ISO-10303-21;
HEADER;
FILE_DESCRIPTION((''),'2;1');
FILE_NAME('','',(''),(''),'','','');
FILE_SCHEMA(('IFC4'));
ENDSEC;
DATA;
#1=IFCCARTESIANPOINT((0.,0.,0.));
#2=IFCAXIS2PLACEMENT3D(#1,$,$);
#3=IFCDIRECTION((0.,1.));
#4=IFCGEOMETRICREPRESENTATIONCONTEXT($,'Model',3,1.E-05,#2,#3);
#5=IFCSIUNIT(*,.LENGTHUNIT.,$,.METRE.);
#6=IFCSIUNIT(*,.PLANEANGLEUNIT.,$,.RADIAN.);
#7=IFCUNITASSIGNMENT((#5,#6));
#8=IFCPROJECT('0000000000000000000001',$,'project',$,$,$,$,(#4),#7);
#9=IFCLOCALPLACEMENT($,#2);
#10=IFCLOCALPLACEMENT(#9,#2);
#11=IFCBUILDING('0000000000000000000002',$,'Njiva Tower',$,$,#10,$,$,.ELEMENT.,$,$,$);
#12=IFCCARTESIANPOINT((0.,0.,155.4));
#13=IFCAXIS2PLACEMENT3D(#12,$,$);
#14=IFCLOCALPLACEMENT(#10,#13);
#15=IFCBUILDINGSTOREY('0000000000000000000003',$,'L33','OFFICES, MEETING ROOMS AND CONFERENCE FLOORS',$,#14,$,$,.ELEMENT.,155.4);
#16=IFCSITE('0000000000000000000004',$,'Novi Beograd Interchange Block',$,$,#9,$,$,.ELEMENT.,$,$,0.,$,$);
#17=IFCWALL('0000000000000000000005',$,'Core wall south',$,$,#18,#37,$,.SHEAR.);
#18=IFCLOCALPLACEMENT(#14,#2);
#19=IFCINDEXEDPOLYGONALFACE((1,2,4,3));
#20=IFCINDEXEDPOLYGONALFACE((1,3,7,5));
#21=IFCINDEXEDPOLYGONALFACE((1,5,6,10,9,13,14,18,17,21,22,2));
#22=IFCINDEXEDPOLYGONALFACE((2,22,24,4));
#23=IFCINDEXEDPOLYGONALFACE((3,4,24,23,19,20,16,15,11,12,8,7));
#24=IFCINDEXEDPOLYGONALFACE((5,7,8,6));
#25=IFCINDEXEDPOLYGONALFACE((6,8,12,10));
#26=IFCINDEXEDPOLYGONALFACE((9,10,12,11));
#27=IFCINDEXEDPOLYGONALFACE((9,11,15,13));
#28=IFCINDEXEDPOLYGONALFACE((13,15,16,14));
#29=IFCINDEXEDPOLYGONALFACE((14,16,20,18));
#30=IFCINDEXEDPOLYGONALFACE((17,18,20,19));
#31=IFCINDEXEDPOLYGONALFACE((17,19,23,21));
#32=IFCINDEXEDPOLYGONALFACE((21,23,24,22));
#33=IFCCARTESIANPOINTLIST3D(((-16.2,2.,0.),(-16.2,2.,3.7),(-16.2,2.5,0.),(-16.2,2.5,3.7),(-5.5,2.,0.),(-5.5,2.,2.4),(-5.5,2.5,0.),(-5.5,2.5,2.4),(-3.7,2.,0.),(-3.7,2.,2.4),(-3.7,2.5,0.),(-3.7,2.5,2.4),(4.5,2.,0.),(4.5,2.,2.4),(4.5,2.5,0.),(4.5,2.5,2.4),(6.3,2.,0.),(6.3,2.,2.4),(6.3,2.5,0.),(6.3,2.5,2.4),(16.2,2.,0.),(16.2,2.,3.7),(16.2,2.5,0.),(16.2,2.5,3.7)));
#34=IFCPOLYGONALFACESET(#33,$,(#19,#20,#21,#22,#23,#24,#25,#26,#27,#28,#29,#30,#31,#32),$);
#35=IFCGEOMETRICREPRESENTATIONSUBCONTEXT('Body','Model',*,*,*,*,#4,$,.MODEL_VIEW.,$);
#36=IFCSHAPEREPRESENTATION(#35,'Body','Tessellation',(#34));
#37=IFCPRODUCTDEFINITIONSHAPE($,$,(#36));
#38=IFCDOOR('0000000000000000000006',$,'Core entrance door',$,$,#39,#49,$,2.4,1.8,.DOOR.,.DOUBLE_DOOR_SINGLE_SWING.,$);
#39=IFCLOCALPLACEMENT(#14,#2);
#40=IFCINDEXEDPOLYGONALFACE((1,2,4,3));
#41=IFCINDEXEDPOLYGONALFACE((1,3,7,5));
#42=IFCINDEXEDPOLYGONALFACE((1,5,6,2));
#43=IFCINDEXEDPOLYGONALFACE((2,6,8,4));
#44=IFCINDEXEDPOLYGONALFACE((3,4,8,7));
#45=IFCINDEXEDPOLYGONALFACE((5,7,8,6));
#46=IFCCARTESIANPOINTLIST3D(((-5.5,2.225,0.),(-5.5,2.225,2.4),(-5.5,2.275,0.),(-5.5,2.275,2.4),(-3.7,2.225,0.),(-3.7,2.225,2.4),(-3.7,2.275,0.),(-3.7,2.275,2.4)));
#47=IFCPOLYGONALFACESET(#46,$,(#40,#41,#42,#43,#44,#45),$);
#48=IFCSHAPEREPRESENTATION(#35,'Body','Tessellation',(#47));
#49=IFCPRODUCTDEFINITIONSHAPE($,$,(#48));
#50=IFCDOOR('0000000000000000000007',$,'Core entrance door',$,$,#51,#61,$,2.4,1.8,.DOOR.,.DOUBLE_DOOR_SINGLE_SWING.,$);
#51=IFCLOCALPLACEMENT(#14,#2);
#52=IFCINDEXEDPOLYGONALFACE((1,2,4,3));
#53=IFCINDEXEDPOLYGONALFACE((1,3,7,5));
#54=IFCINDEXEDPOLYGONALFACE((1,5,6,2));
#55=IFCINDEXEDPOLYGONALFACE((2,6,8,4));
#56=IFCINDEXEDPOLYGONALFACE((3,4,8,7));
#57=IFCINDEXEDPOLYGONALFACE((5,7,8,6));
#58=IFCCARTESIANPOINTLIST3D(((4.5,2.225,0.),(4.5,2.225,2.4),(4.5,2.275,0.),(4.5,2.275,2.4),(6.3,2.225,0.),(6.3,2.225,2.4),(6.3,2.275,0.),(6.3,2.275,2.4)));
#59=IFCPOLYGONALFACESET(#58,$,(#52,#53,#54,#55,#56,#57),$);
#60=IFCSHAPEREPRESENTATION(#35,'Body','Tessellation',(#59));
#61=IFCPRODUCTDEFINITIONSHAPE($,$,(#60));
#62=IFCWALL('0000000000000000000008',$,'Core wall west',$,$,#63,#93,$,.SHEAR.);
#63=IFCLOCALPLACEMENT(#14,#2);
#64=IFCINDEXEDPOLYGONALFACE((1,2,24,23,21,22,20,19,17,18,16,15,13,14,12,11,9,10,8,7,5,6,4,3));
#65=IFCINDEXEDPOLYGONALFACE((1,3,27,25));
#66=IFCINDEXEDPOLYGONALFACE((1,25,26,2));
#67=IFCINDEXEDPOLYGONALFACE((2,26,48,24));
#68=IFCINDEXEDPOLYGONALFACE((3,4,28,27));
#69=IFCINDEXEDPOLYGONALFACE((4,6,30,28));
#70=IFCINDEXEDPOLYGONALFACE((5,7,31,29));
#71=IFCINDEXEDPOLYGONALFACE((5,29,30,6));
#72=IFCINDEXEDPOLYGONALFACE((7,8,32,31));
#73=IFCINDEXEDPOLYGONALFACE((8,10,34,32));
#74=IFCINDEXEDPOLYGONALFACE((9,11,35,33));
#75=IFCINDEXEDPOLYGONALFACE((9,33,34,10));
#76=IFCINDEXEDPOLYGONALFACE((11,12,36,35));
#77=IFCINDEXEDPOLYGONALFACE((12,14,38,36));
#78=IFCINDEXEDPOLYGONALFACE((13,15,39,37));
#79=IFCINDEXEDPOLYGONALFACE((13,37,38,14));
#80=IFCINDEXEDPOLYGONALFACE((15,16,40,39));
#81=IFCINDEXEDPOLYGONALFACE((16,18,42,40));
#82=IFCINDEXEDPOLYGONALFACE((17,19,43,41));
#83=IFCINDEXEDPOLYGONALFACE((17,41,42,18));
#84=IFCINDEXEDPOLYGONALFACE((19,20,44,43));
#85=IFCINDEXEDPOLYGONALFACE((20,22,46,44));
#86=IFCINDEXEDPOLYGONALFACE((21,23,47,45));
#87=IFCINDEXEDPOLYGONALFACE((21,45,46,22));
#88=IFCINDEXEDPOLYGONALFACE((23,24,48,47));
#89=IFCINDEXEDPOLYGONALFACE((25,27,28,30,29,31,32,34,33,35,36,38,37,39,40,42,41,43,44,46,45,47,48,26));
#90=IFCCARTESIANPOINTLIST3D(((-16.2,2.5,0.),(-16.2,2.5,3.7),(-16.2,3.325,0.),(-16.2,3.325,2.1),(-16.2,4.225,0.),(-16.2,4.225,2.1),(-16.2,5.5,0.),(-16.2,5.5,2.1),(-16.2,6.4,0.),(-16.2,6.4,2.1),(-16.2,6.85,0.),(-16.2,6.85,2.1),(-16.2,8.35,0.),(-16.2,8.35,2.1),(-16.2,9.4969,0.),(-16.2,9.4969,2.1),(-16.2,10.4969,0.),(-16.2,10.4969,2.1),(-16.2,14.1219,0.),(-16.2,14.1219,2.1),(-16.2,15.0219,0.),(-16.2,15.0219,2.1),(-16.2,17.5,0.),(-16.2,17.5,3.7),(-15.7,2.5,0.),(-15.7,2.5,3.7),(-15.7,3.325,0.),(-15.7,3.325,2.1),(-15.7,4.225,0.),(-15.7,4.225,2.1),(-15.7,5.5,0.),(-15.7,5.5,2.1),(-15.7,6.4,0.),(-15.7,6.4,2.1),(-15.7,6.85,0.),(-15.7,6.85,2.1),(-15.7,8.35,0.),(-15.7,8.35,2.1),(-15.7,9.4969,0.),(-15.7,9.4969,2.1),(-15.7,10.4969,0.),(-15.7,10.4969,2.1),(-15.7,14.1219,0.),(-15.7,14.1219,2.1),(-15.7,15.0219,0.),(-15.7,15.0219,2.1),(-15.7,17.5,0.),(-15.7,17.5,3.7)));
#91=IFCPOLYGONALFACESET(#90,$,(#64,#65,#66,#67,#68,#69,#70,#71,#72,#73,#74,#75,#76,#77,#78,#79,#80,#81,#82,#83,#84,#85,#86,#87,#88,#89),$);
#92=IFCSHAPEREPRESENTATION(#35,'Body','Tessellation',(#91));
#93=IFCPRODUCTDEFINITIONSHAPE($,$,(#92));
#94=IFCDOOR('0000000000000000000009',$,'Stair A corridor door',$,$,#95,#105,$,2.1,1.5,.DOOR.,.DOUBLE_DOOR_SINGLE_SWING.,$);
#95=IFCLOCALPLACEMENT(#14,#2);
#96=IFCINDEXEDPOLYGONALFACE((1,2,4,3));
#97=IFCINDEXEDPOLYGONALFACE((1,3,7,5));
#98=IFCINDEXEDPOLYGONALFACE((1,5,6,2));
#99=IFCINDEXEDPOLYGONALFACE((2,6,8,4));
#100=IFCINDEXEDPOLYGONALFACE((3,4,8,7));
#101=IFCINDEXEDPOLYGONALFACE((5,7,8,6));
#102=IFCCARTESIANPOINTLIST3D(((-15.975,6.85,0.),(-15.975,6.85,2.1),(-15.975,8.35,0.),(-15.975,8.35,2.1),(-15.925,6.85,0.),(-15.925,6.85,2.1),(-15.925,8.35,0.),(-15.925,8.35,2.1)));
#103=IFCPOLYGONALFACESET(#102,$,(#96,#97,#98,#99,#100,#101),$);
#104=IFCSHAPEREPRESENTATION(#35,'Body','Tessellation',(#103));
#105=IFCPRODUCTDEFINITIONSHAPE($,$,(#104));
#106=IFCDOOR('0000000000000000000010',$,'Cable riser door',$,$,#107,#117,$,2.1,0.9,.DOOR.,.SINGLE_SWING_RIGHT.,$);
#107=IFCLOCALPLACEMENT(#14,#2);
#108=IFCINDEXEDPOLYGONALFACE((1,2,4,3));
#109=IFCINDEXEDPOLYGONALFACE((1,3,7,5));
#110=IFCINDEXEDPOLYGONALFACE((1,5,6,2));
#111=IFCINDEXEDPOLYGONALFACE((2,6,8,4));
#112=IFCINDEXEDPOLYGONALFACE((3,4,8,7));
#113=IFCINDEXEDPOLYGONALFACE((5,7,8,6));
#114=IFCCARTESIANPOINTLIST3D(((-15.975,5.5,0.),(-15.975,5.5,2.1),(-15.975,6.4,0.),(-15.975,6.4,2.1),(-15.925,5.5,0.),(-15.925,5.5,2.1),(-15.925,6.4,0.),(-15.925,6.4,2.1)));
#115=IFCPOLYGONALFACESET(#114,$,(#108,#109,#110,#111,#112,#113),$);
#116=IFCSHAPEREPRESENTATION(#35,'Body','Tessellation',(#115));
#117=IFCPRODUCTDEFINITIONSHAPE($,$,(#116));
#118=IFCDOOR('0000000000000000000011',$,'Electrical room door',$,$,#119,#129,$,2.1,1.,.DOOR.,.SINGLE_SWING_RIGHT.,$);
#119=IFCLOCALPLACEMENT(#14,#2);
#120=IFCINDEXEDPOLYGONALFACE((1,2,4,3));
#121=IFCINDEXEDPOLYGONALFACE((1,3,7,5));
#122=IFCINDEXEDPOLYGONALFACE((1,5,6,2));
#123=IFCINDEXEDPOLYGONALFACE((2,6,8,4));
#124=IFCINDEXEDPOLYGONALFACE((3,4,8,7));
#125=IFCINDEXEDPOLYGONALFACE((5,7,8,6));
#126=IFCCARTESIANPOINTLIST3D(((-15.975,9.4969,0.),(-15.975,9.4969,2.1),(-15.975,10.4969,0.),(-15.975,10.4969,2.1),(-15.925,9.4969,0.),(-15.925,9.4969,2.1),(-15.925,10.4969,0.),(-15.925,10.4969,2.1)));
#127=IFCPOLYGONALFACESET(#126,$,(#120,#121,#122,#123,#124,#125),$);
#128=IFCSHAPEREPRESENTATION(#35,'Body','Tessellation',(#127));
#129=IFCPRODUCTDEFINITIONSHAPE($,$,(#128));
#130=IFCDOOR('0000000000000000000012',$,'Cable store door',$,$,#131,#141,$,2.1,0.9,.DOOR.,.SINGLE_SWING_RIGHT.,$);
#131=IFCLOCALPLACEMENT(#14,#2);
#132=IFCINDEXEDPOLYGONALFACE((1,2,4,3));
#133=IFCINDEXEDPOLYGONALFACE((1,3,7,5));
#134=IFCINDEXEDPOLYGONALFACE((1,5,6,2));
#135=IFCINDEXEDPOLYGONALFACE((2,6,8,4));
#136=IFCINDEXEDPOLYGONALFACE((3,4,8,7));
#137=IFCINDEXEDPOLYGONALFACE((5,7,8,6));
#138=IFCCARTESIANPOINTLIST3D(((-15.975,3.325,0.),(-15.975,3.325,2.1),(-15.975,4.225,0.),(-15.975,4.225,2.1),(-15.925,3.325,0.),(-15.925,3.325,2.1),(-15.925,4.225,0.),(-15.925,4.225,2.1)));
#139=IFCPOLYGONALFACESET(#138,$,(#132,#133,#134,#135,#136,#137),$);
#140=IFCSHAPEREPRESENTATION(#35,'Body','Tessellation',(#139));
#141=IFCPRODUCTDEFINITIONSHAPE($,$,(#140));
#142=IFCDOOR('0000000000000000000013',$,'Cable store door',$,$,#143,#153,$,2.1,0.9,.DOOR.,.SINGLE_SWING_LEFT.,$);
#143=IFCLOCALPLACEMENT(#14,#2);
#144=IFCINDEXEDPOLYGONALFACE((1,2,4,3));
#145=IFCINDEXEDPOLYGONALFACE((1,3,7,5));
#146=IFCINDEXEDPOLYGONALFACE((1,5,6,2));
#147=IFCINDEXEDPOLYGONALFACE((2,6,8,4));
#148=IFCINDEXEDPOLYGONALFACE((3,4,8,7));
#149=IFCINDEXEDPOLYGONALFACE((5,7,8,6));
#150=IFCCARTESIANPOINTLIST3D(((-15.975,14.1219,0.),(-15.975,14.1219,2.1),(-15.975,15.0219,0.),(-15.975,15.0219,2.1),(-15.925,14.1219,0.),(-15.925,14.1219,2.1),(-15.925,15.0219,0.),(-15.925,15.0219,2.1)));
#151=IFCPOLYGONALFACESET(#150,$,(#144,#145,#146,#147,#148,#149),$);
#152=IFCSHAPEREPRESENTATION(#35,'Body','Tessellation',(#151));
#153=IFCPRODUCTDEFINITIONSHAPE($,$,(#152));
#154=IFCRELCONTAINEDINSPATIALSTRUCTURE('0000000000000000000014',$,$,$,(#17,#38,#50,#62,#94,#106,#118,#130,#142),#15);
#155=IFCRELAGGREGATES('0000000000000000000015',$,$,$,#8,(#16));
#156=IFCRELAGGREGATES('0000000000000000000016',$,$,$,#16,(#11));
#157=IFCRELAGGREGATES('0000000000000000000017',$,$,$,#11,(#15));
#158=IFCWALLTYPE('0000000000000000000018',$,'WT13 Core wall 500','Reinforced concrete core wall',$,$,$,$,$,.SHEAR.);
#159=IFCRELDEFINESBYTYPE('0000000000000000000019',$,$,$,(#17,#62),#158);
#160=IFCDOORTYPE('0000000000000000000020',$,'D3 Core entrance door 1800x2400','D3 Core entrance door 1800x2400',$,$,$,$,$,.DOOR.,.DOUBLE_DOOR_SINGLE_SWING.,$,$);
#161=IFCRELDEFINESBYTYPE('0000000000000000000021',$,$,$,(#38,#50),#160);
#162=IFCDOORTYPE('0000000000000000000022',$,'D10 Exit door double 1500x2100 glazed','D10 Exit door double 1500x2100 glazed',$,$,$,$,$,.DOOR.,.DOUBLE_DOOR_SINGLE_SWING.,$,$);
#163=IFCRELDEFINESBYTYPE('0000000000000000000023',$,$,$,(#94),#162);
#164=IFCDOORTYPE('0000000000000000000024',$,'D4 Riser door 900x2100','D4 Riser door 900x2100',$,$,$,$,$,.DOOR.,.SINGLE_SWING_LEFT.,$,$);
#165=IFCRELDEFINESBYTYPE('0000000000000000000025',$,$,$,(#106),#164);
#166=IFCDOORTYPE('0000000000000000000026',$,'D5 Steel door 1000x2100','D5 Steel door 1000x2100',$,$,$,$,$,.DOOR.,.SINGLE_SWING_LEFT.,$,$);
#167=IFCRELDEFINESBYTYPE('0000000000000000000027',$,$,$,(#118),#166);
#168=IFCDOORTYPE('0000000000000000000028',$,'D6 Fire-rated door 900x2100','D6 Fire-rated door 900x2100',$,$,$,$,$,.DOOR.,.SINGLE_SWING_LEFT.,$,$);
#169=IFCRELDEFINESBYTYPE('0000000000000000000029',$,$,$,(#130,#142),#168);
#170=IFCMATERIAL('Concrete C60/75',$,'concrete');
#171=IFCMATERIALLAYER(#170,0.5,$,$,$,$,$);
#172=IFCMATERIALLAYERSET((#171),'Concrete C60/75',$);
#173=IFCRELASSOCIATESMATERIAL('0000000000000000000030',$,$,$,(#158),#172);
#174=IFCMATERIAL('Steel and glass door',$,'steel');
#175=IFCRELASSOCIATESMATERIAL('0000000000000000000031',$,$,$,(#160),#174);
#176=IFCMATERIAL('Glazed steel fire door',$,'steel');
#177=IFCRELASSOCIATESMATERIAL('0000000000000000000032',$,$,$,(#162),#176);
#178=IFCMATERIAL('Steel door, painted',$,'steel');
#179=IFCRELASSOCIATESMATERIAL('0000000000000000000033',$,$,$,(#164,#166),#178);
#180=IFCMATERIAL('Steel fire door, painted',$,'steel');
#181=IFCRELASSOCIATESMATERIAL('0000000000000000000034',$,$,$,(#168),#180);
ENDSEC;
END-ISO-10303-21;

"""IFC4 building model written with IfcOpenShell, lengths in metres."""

from ifc_helpers import new_model, si_unit, direction, frame, frame_2d, origin, place, context, subcontext, project, spatial, rectangle, extrude, material, layer, layer_set, type_object, element, fill, save


model = new_model("IFC4")

# Units and contexts
model_context = context("Model", 3, precision=1e-05, world=origin(), true_north=direction((0.0, 1.0)))
body_context = subcontext(model_context, "Body", "Model", "MODEL_VIEW")
ifc_project = project(units=[si_unit("LENGTHUNIT", "METRE"), si_unit("PLANEANGLEUNIT", "RADIAN")], contexts=[model_context])

# Site, building, storey
site_placement = place(None, origin())
site = spatial("IfcSite", under=ifc_project, at=site_placement, Name="Novi Beograd Interchange Block", CompositionType="ELEMENT", RefElevation=0.0)
building_placement = place(site_placement, origin())
building = spatial("IfcBuilding", under=site, at=building_placement, Name="Njiva Tower", CompositionType="ELEMENT")
storey_placement = place(building_placement, frame((0.0, 0.0, 155.4)))
storey = spatial("IfcBuildingStorey", under=building, at=storey_placement, Name="L33", Description="OFFICES, MEETING ROOMS AND CONFERENCE FLOORS", CompositionType="ELEMENT", Elevation=155.4)

# Walls, openings, doors
ifc_material_1 = material(Name="Concrete C60/75", Category="concrete")
ifc_layer_1 = layer(ifc_material_1, 0.5)
ifc_layer_set_1 = layer_set([ifc_layer_1], Name="Concrete C60/75")
wall_type_1 = type_object("IfcWallType", Name="WT13 Core wall 500", Description="Reinforced concrete core wall", PredefinedType="SHEAR", material=ifc_layer_set_1)
wall_1_placement = place(storey_placement, frame((-16.2, 2.25, 0.0), z_axis=(0.0, 0.0, 1.0), x_axis=(1.0, 0.0, 0.0)))
wall_1 = element("IfcWall", 1, at=wall_1_placement, inside=storey, type_object=wall_type_1, Name="Core wall south", PredefinedType="SHEAR", context=body_context, shape_type="SweptSolid", body=[
    extrude(rectangle(XDim=32.4, YDim=0.5, at=frame_2d((16.2, 0.0))), origin(), (0.0, 0.0, 1.0), 3.7),
])
opening_1_placement = place(wall_1_placement, frame((10.7, 0.0, 0.0)))
opening_1 = element("IfcOpeningElement", 2, at=opening_1_placement, cuts=wall_1, PredefinedType="OPENING", context=body_context, shape_type="SweptSolid", body=[
    extrude(rectangle(XDim=1.8, YDim=2.4, at=frame_2d((0.9, 1.2))), frame((0.0, 0.26, 0.0), z_axis=(0.0, -1.0, 0.0), x_axis=(1.0, 0.0, 0.0)), (0.0, 0.0, 1.0), 0.52),
])
opening_2_placement = place(wall_1_placement, frame((20.7, 0.0, 0.0)))
opening_2 = element("IfcOpeningElement", 3, at=opening_2_placement, cuts=wall_1, PredefinedType="OPENING", context=body_context, shape_type="SweptSolid", body=[
    extrude(rectangle(XDim=1.8, YDim=2.4, at=frame_2d((0.9, 1.2))), frame((0.0, 0.26, 0.0), z_axis=(0.0, -1.0, 0.0), x_axis=(1.0, 0.0, 0.0)), (0.0, 0.0, 1.0), 0.52),
])
ifc_material_2 = material(Name="Steel and glass door", Category="steel")
door_type_1 = type_object("IfcDoorType", Name="D3 Core entrance door 1800x2400", Description="D3 Core entrance door 1800x2400", OperationType="DOUBLE_DOOR_SINGLE_SWING", PredefinedType="DOOR", material=ifc_material_2)
door_1_placement = place(opening_1_placement, origin())
door_1 = element("IfcDoor", 4, at=door_1_placement, inside=storey, type_object=door_type_1, Name="Core entrance door", OperationType="DOUBLE_DOOR_SINGLE_SWING", OverallHeight=2.4, OverallWidth=1.8, PredefinedType="DOOR", context=body_context, shape_type="SweptSolid", body=[
    extrude(rectangle(XDim=1.8, YDim=2.4, at=frame_2d((0.9, 1.2))), frame((0.0, 0.025, 0.0), z_axis=(0.0, -1.0, 0.0), x_axis=(1.0, 0.0, 0.0)), (0.0, 0.0, 1.0), 0.05),
])
fill(opening_1, door_1)
door_2_placement = place(opening_2_placement, origin())
door_2 = element("IfcDoor", 5, at=door_2_placement, inside=storey, type_object=door_type_1, Name="Core entrance door", OperationType="DOUBLE_DOOR_SINGLE_SWING", OverallHeight=2.4, OverallWidth=1.8, PredefinedType="DOOR", context=body_context, shape_type="SweptSolid", body=[
    extrude(rectangle(XDim=1.8, YDim=2.4, at=frame_2d((0.9, 1.2))), frame((0.0, 0.025, 0.0), z_axis=(0.0, -1.0, 0.0), x_axis=(1.0, 0.0, 0.0)), (0.0, 0.0, 1.0), 0.05),
])
fill(opening_2, door_2)
wall_2_placement = place(storey_placement, frame((-15.95, 2.5, 0.0), z_axis=(0.0, 0.0, 1.0), x_axis=(0.0, 1.0, 0.0)))
wall_2 = element("IfcWall", 6, at=wall_2_placement, inside=storey, type_object=wall_type_1, Name="Core wall west", PredefinedType="SHEAR", context=body_context, shape_type="SweptSolid", body=[
    extrude(rectangle(XDim=15.0, YDim=0.5, at=frame_2d((7.5, 0.0))), origin(), (0.0, 0.0, 1.0), 3.7),
])
opening_3_placement = place(wall_2_placement, frame((4.35, 0.0, 0.0)))
opening_3 = element("IfcOpeningElement", 7, at=opening_3_placement, cuts=wall_2, PredefinedType="OPENING", context=body_context, shape_type="SweptSolid", body=[
    extrude(rectangle(XDim=1.5, YDim=2.1, at=frame_2d((0.75, 1.05))), frame((0.0, 0.26, 0.0), z_axis=(0.0, -1.0, 0.0), x_axis=(1.0, 0.0, 0.0)), (0.0, 0.0, 1.0), 0.52),
])
opening_4_placement = place(wall_2_placement, frame((0.825, 0.0, 0.0)))
opening_4 = element("IfcOpeningElement", 8, at=opening_4_placement, cuts=wall_2, PredefinedType="OPENING", context=body_context, shape_type="SweptSolid", body=[
    extrude(rectangle(XDim=0.9, YDim=2.1, at=frame_2d((0.45, 1.05))), frame((0.0, 0.26, 0.0), z_axis=(0.0, -1.0, 0.0), x_axis=(1.0, 0.0, 0.0)), (0.0, 0.0, 1.0), 0.52),
])
opening_5_placement = place(wall_2_placement, frame((3.0, 0.0, 0.0)))
opening_5 = element("IfcOpeningElement", 9, at=opening_5_placement, cuts=wall_2, PredefinedType="OPENING", context=body_context, shape_type="SweptSolid", body=[
    extrude(rectangle(XDim=0.9, YDim=2.1, at=frame_2d((0.45, 1.05))), frame((0.0, 0.26, 0.0), z_axis=(0.0, -1.0, 0.0), x_axis=(1.0, 0.0, 0.0)), (0.0, 0.0, 1.0), 0.52),
])
opening_6_placement = place(wall_2_placement, frame((6.9969, 0.0, 0.0)))
opening_6 = element("IfcOpeningElement", 10, at=opening_6_placement, cuts=wall_2, PredefinedType="OPENING", context=body_context, shape_type="SweptSolid", body=[
    extrude(rectangle(XDim=1.0, YDim=2.1, at=frame_2d((0.5, 1.05))), frame((0.0, 0.26, 0.0), z_axis=(0.0, -1.0, 0.0), x_axis=(1.0, 0.0, 0.0)), (0.0, 0.0, 1.0), 0.52),
])
opening_7_placement = place(wall_2_placement, frame((11.6219, 0.0, 0.0)))
opening_7 = element("IfcOpeningElement", 11, at=opening_7_placement, cuts=wall_2, PredefinedType="OPENING", context=body_context, shape_type="SweptSolid", body=[
    extrude(rectangle(XDim=0.9, YDim=2.1, at=frame_2d((0.45, 1.05))), frame((0.0, 0.26, 0.0), z_axis=(0.0, -1.0, 0.0), x_axis=(1.0, 0.0, 0.0)), (0.0, 0.0, 1.0), 0.52),
])
ifc_material_3 = material(Name="Glazed steel fire door", Category="steel")
door_type_2 = type_object("IfcDoorType", Name="D10 Exit door double 1500x2100 glazed", Description="D10 Exit door double 1500x2100 glazed", OperationType="DOUBLE_DOOR_SINGLE_SWING", PredefinedType="DOOR", material=ifc_material_3)
door_3_placement = place(opening_3_placement, origin())
door_3 = element("IfcDoor", 12, at=door_3_placement, inside=storey, type_object=door_type_2, Name="Stair A corridor door", OperationType="DOUBLE_DOOR_SINGLE_SWING", OverallHeight=2.1, OverallWidth=1.5, PredefinedType="DOOR", context=body_context, shape_type="SweptSolid", body=[
    extrude(rectangle(XDim=1.5, YDim=2.1, at=frame_2d((0.75, 1.05))), frame((0.0, 0.025, 0.0), z_axis=(0.0, -1.0, 0.0), x_axis=(1.0, 0.0, 0.0)), (0.0, 0.0, 1.0), 0.05),
])
fill(opening_3, door_3)
ifc_material_4 = material(Name="Steel door, painted", Category="steel")
door_type_3 = type_object("IfcDoorType", Name="D4 Riser door 900x2100", Description="D4 Riser door 900x2100", OperationType="SINGLE_SWING_LEFT", PredefinedType="DOOR", material=ifc_material_4)
door_4_placement = place(opening_5_placement, origin())
door_4 = element("IfcDoor", 13, at=door_4_placement, inside=storey, type_object=door_type_3, Name="Cable riser door", OperationType="SINGLE_SWING_RIGHT", OverallHeight=2.1, OverallWidth=0.9, PredefinedType="DOOR", context=body_context, shape_type="SweptSolid", body=[
    extrude(rectangle(XDim=0.9, YDim=2.1, at=frame_2d((0.45, 1.05))), frame((0.0, 0.025, 0.0), z_axis=(0.0, -1.0, 0.0), x_axis=(1.0, 0.0, 0.0)), (0.0, 0.0, 1.0), 0.05),
])
fill(opening_5, door_4)
door_type_4 = type_object("IfcDoorType", Name="D5 Steel door 1000x2100", Description="D5 Steel door 1000x2100", OperationType="SINGLE_SWING_LEFT", PredefinedType="DOOR", material=ifc_material_4)
door_5_placement = place(opening_6_placement, origin())
door_5 = element("IfcDoor", 14, at=door_5_placement, inside=storey, type_object=door_type_4, Name="Electrical room door", OperationType="SINGLE_SWING_RIGHT", OverallHeight=2.1, OverallWidth=1.0, PredefinedType="DOOR", context=body_context, shape_type="SweptSolid", body=[
    extrude(rectangle(XDim=1.0, YDim=2.1, at=frame_2d((0.5, 1.05))), frame((0.0, 0.025, 0.0), z_axis=(0.0, -1.0, 0.0), x_axis=(1.0, 0.0, 0.0)), (0.0, 0.0, 1.0), 0.05),
])
fill(opening_6, door_5)
ifc_material_5 = material(Name="Steel fire door, painted", Category="steel")
door_type_5 = type_object("IfcDoorType", Name="D6 Fire-rated door 900x2100", Description="D6 Fire-rated door 900x2100", OperationType="SINGLE_SWING_LEFT", PredefinedType="DOOR", material=ifc_material_5)
door_6_placement = place(opening_4_placement, origin())
door_6 = element("IfcDoor", 15, at=door_6_placement, inside=storey, type_object=door_type_5, Name="Cable store door", OperationType="SINGLE_SWING_RIGHT", OverallHeight=2.1, OverallWidth=0.9, PredefinedType="DOOR", context=body_context, shape_type="SweptSolid", body=[
    extrude(rectangle(XDim=0.9, YDim=2.1, at=frame_2d((0.45, 1.05))), frame((0.0, 0.025, 0.0), z_axis=(0.0, -1.0, 0.0), x_axis=(1.0, 0.0, 0.0)), (0.0, 0.0, 1.0), 0.05),
])
fill(opening_4, door_6)
door_7_placement = place(opening_7_placement, origin())
door_7 = element("IfcDoor", 16, at=door_7_placement, inside=storey, type_object=door_type_5, Name="Cable store door", OperationType="SINGLE_SWING_LEFT", OverallHeight=2.1, OverallWidth=0.9, PredefinedType="DOOR", context=body_context, shape_type="SweptSolid", body=[
    extrude(rectangle(XDim=0.9, YDim=2.1, at=frame_2d((0.45, 1.05))), frame((0.0, 0.025, 0.0), z_axis=(0.0, -1.0, 0.0), x_axis=(1.0, 0.0, 0.0)), (0.0, 0.0, 1.0), 0.05),
])
fill(opening_7, door_7)

save(model, "model.ifc")
